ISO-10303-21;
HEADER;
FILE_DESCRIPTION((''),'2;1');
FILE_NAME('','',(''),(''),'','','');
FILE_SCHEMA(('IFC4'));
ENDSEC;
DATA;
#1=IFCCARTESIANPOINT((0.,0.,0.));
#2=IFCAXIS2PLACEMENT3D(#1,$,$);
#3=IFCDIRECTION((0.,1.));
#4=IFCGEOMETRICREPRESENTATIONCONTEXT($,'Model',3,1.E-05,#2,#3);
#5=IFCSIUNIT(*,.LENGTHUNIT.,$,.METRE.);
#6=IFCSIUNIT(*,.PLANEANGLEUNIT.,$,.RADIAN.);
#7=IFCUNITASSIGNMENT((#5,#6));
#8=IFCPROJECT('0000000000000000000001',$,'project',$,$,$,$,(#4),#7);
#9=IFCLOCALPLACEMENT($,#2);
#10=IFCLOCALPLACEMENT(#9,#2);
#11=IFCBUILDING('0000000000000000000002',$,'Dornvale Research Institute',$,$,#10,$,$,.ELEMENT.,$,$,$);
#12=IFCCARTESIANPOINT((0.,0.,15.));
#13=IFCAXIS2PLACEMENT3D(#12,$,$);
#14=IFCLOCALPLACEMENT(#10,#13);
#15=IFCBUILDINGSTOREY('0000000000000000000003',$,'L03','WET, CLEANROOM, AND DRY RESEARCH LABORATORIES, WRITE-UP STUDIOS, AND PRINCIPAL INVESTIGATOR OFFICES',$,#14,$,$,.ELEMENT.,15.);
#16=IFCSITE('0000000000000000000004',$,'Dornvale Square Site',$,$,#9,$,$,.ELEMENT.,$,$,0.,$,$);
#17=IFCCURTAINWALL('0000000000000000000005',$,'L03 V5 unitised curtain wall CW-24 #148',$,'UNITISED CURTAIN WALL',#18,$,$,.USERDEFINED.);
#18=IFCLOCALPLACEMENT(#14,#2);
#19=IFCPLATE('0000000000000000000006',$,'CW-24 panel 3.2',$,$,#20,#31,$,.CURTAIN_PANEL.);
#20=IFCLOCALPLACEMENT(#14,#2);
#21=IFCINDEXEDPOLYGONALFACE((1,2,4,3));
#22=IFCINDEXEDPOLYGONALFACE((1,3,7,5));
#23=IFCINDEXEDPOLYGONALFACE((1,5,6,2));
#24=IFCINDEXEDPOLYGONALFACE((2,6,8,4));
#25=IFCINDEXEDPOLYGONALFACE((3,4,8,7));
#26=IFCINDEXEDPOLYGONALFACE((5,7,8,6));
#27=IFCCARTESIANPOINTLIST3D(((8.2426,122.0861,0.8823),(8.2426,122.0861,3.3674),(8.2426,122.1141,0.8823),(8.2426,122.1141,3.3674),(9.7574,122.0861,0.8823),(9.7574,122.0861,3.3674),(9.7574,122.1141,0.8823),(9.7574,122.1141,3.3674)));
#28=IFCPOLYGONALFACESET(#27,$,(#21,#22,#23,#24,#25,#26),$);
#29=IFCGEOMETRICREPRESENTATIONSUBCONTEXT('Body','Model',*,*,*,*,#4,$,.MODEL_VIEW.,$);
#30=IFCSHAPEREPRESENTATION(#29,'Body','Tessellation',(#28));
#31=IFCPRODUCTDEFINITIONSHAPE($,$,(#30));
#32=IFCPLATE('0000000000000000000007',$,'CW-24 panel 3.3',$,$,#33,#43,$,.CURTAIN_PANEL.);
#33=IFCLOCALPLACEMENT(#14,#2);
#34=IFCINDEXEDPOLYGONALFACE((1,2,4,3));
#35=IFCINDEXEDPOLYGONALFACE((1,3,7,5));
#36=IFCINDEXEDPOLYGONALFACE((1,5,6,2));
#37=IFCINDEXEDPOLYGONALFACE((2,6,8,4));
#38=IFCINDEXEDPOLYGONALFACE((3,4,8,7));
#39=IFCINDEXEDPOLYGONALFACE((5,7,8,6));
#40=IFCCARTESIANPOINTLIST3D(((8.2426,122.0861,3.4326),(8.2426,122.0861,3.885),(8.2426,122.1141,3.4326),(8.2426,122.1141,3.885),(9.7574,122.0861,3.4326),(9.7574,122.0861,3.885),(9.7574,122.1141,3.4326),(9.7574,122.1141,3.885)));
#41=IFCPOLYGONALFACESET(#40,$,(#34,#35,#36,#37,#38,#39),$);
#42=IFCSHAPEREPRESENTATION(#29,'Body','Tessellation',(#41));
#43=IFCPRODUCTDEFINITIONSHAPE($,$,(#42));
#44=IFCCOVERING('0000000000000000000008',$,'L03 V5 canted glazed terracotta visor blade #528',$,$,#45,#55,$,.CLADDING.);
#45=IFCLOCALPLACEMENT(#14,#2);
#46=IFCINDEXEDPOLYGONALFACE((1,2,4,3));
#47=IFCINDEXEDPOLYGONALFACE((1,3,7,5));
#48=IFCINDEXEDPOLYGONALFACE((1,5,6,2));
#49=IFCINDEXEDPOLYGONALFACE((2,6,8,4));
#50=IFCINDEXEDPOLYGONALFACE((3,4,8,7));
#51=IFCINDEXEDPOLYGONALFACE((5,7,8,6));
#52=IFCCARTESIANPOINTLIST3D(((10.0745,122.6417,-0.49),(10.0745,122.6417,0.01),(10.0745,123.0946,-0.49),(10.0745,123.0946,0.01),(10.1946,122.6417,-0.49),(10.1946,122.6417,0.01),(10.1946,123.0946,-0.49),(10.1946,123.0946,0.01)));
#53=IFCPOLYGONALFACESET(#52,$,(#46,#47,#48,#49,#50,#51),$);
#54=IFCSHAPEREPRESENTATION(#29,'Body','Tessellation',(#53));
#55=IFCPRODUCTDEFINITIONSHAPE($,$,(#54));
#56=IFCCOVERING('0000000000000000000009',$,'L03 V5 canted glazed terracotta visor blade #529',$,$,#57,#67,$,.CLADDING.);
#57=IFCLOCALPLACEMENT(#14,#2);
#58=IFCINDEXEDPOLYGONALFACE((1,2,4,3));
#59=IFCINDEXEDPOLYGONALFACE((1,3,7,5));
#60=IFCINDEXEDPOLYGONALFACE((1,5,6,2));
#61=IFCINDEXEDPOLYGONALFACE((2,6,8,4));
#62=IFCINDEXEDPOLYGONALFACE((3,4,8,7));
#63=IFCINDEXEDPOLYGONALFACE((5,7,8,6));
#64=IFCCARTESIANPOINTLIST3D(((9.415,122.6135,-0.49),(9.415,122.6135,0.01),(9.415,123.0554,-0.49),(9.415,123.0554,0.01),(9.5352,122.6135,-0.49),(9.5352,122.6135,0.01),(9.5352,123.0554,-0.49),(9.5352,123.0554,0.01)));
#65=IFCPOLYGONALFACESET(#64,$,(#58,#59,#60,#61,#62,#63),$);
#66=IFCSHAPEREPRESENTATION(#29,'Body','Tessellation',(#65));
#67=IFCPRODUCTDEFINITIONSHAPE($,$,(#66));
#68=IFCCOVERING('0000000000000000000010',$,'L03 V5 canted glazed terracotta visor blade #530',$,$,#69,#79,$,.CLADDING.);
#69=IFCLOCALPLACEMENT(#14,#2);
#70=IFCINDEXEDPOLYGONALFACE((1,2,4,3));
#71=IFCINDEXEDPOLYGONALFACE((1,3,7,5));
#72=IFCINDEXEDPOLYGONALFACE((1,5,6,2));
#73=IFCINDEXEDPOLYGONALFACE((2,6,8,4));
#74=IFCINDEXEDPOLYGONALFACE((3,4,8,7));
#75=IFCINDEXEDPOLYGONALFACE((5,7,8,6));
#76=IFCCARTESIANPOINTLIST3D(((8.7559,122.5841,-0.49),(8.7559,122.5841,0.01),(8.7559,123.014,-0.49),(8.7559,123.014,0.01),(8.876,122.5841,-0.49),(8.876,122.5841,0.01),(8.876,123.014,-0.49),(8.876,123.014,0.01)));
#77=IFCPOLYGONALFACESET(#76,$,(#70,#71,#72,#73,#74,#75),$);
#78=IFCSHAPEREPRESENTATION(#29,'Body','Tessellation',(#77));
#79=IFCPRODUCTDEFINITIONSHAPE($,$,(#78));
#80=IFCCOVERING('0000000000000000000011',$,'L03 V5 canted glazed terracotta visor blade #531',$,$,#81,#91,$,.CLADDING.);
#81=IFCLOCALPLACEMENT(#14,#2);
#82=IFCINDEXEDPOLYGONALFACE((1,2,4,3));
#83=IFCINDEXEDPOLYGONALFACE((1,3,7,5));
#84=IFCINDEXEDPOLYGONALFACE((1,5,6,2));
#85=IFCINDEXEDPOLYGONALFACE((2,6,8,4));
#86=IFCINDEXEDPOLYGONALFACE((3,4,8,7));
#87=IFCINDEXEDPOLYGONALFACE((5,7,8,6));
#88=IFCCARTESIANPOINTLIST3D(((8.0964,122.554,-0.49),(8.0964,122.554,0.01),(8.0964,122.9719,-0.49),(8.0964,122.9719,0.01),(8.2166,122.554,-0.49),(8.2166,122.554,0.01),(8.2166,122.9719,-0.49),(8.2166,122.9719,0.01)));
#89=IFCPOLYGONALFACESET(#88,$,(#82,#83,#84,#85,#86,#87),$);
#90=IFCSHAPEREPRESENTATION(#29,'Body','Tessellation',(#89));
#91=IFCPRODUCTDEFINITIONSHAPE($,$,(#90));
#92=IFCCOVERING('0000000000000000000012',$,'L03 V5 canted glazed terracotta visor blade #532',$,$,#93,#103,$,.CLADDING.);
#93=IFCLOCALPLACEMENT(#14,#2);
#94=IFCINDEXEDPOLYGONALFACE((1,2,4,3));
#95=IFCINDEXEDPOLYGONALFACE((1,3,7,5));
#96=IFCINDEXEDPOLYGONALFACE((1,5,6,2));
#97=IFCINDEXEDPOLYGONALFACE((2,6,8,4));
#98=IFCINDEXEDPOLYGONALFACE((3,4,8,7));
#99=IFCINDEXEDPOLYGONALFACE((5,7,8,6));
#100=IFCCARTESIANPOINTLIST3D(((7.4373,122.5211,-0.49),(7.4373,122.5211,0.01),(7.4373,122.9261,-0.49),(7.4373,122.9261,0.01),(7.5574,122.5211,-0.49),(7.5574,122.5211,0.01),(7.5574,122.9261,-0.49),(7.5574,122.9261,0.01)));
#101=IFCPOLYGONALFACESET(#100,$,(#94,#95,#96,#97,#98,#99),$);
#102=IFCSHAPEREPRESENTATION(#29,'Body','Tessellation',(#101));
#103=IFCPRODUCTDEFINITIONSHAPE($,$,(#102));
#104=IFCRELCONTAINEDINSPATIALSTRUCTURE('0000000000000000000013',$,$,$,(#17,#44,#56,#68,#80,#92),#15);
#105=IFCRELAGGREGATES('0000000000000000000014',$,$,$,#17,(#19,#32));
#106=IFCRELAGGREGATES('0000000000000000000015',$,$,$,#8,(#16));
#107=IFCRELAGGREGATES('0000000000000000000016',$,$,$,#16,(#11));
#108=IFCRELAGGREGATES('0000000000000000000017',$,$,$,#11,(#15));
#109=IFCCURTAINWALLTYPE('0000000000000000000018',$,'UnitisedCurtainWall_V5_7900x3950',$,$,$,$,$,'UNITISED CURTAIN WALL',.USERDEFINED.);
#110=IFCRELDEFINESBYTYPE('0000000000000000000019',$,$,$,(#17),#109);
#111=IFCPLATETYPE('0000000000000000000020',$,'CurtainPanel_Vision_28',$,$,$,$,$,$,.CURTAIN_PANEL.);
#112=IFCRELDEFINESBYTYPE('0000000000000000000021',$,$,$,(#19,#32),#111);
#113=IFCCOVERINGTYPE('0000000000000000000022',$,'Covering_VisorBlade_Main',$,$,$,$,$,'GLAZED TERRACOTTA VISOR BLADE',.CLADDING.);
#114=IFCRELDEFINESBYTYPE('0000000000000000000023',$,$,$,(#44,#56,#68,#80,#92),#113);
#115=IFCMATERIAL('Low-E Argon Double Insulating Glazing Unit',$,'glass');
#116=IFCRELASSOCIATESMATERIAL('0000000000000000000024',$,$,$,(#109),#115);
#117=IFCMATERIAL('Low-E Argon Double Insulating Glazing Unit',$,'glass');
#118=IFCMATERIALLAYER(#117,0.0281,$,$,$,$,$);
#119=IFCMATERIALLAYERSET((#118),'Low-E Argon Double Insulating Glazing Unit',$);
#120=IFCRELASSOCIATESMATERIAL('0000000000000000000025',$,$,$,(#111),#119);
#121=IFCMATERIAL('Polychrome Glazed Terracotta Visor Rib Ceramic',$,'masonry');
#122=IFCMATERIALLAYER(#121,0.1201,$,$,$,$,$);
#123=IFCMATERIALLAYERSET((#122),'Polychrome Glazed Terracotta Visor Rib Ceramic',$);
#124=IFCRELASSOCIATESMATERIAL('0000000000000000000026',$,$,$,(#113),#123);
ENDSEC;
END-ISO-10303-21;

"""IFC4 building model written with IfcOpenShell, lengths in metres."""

from ifc_helpers import new_model, si_unit, direction, frame, origin, origin_2d, place, context, subcontext, project, spatial, rectangle, extrude, material, layer, layer_set, type_object, element, aggregate, save


model = new_model("IFC4")

# Units and contexts
model_context = context("Model", 3, precision=1e-05, world=origin(), true_north=direction((0.0, 1.0)))
body_context = subcontext(model_context, "Body", "Model", "MODEL_VIEW")
ifc_project = project(units=[si_unit("LENGTHUNIT", "METRE"), si_unit("PLANEANGLEUNIT", "RADIAN")], contexts=[model_context])

# Site, building, storey
site_placement = place(None, origin())
site = spatial("IfcSite", under=ifc_project, at=site_placement, Name="Dornvale Square Site", CompositionType="ELEMENT", RefElevation=0.0)
building_placement = place(site_placement, origin())
building = spatial("IfcBuilding", under=site, at=building_placement, Name="Dornvale Research Institute", CompositionType="ELEMENT")
storey_placement = place(building_placement, frame((0.0, 0.0, 15.0)))
storey = spatial("IfcBuildingStorey", under=building, at=storey_placement, Name="L03", Description="WET, CLEANROOM, AND DRY RESEARCH LABORATORIES, WRITE-UP STUDIOS, AND PRINCIPAL INVESTIGATOR OFFICES", CompositionType="ELEMENT", Elevation=15.0)

# Curtain wall, plates
ifc_material_1 = material(Name="Low-E Argon Double Insulating Glazing Unit", Category="glass")
curtain_wall_type = type_object("IfcCurtainWallType", Name="UnitisedCurtainWall_V5_7900x3950", ElementType="UNITISED CURTAIN WALL", PredefinedType="USERDEFINED", material=ifc_material_1)
curtain_wall_placement = place(storey_placement, origin())
curtain_wall = element("IfcCurtainWall", 1, at=curtain_wall_placement, inside=storey, type_object=curtain_wall_type, Name="L03 V5 unitised curtain wall CW-24 #148", ObjectType="UNITISED CURTAIN WALL", PredefinedType="USERDEFINED")
ifc_material_2 = material(Name="Low-E Argon Double Insulating Glazing Unit", Category="glass")
ifc_layer_1 = layer(ifc_material_2, 0.0281)
ifc_layer_set_1 = layer_set([ifc_layer_1], Name="Low-E Argon Double Insulating Glazing Unit")
plate_type_1 = type_object("IfcPlateType", Name="CurtainPanel_Vision_28", PredefinedType="CURTAIN_PANEL", material=ifc_layer_set_1)
plate_1_placement = place(storey_placement, frame((9.0, 122.1001, 0.8823), z_axis=(0.0, 0.0, 1.0), x_axis=(1.0, 0.0, 0.0)))
plate_1 = element("IfcPlate", 2, at=plate_1_placement, type_object=plate_type_1, Name="CW-24 panel 3.2", PredefinedType="CURTAIN_PANEL", context=body_context, shape_type="SweptSolid", body=[
    extrude(rectangle(XDim=1.5149, YDim=0.0281, at=origin_2d()), origin(), (0.0, 0.0, 1.0), 2.4851),
])
plate_2_placement = place(storey_placement, frame((9.0, 122.1001, 3.4326), z_axis=(0.0, 0.0, 1.0), x_axis=(1.0, 0.0, 0.0)))
plate_2 = element("IfcPlate", 3, at=plate_2_placement, type_object=plate_type_1, Name="CW-24 panel 3.3", PredefinedType="CURTAIN_PANEL", context=body_context, shape_type="SweptSolid", body=[
    extrude(rectangle(XDim=1.5149, YDim=0.0281, at=origin_2d()), origin(), (0.0, 0.0, 1.0), 0.4524),
])
aggregate(curtain_wall, [plate_1, plate_2])

# Coverings
ifc_material_3 = material(Name="Polychrome Glazed Terracotta Visor Rib Ceramic", Category="masonry")
ifc_layer_2 = layer(ifc_material_3, 0.1201)
ifc_layer_set_2 = layer_set([ifc_layer_2], Name="Polychrome Glazed Terracotta Visor Rib Ceramic")
covering_type = type_object("IfcCoveringType", Name="Covering_VisorBlade_Main", ElementType="GLAZED TERRACOTTA VISOR BLADE", PredefinedType="CLADDING", material=ifc_layer_set_2)
covering_1_placement = place(storey_placement, frame((10.1345, 122.8682, -0.49), z_axis=(0.0, 0.0, 1.0), x_axis=(0.0, 1.0, 0.0)))
element("IfcCovering", 4, at=covering_1_placement, inside=storey, type_object=covering_type, Name="L03 V5 canted glazed terracotta visor blade #528", PredefinedType="CLADDING", context=body_context, shape_type="SweptSolid", body=[
    extrude(rectangle(XDim=0.4529, YDim=0.1201, at=origin_2d()), origin(), (0.0, 0.0, 1.0), 0.5),
])
covering_2_placement = place(storey_placement, frame((9.4751, 122.8345, -0.49), z_axis=(0.0, 0.0, 1.0), x_axis=(0.0, 1.0, 0.0)))
element("IfcCovering", 5, at=covering_2_placement, inside=storey, type_object=covering_type, Name="L03 V5 canted glazed terracotta visor blade #529", PredefinedType="CLADDING", context=body_context, shape_type="SweptSolid", body=[
    extrude(rectangle(XDim=0.4419, YDim=0.1201, at=origin_2d()), origin(), (0.0, 0.0, 1.0), 0.5),
])
covering_3_placement = place(storey_placement, frame((8.8159, 122.7991, -0.49), z_axis=(0.0, 0.0, 1.0), x_axis=(0.0, 1.0, 0.0)))
element("IfcCovering", 6, at=covering_3_placement, inside=storey, type_object=covering_type, Name="L03 V5 canted glazed terracotta visor blade #530", PredefinedType="CLADDING", context=body_context, shape_type="SweptSolid", body=[
    extrude(rectangle(XDim=0.4299, YDim=0.1201, at=origin_2d()), origin(), (0.0, 0.0, 1.0), 0.5),
])
covering_4_placement = place(storey_placement, frame((8.1565, 122.7629, -0.49), z_axis=(0.0, 0.0, 1.0), x_axis=(0.0, 1.0, 0.0)))
element("IfcCovering", 7, at=covering_4_placement, inside=storey, type_object=covering_type, Name="L03 V5 canted glazed terracotta visor blade #531", PredefinedType="CLADDING", context=body_context, shape_type="SweptSolid", body=[
    extrude(rectangle(XDim=0.418, YDim=0.1201, at=origin_2d()), origin(), (0.0, 0.0, 1.0), 0.5),
])
covering_5_placement = place(storey_placement, frame((7.4973, 122.7236, -0.49), z_axis=(0.0, 0.0, 1.0), x_axis=(0.0, 1.0, 0.0)))
element("IfcCovering", 8, at=covering_5_placement, inside=storey, type_object=covering_type, Name="L03 V5 canted glazed terracotta visor blade #532", PredefinedType="CLADDING", context=body_context, shape_type="SweptSolid", body=[
    extrude(rectangle(XDim=0.405, YDim=0.1201, at=origin_2d()), origin(), (0.0, 0.0, 1.0), 0.5),
])

save(model, "model.ifc")
